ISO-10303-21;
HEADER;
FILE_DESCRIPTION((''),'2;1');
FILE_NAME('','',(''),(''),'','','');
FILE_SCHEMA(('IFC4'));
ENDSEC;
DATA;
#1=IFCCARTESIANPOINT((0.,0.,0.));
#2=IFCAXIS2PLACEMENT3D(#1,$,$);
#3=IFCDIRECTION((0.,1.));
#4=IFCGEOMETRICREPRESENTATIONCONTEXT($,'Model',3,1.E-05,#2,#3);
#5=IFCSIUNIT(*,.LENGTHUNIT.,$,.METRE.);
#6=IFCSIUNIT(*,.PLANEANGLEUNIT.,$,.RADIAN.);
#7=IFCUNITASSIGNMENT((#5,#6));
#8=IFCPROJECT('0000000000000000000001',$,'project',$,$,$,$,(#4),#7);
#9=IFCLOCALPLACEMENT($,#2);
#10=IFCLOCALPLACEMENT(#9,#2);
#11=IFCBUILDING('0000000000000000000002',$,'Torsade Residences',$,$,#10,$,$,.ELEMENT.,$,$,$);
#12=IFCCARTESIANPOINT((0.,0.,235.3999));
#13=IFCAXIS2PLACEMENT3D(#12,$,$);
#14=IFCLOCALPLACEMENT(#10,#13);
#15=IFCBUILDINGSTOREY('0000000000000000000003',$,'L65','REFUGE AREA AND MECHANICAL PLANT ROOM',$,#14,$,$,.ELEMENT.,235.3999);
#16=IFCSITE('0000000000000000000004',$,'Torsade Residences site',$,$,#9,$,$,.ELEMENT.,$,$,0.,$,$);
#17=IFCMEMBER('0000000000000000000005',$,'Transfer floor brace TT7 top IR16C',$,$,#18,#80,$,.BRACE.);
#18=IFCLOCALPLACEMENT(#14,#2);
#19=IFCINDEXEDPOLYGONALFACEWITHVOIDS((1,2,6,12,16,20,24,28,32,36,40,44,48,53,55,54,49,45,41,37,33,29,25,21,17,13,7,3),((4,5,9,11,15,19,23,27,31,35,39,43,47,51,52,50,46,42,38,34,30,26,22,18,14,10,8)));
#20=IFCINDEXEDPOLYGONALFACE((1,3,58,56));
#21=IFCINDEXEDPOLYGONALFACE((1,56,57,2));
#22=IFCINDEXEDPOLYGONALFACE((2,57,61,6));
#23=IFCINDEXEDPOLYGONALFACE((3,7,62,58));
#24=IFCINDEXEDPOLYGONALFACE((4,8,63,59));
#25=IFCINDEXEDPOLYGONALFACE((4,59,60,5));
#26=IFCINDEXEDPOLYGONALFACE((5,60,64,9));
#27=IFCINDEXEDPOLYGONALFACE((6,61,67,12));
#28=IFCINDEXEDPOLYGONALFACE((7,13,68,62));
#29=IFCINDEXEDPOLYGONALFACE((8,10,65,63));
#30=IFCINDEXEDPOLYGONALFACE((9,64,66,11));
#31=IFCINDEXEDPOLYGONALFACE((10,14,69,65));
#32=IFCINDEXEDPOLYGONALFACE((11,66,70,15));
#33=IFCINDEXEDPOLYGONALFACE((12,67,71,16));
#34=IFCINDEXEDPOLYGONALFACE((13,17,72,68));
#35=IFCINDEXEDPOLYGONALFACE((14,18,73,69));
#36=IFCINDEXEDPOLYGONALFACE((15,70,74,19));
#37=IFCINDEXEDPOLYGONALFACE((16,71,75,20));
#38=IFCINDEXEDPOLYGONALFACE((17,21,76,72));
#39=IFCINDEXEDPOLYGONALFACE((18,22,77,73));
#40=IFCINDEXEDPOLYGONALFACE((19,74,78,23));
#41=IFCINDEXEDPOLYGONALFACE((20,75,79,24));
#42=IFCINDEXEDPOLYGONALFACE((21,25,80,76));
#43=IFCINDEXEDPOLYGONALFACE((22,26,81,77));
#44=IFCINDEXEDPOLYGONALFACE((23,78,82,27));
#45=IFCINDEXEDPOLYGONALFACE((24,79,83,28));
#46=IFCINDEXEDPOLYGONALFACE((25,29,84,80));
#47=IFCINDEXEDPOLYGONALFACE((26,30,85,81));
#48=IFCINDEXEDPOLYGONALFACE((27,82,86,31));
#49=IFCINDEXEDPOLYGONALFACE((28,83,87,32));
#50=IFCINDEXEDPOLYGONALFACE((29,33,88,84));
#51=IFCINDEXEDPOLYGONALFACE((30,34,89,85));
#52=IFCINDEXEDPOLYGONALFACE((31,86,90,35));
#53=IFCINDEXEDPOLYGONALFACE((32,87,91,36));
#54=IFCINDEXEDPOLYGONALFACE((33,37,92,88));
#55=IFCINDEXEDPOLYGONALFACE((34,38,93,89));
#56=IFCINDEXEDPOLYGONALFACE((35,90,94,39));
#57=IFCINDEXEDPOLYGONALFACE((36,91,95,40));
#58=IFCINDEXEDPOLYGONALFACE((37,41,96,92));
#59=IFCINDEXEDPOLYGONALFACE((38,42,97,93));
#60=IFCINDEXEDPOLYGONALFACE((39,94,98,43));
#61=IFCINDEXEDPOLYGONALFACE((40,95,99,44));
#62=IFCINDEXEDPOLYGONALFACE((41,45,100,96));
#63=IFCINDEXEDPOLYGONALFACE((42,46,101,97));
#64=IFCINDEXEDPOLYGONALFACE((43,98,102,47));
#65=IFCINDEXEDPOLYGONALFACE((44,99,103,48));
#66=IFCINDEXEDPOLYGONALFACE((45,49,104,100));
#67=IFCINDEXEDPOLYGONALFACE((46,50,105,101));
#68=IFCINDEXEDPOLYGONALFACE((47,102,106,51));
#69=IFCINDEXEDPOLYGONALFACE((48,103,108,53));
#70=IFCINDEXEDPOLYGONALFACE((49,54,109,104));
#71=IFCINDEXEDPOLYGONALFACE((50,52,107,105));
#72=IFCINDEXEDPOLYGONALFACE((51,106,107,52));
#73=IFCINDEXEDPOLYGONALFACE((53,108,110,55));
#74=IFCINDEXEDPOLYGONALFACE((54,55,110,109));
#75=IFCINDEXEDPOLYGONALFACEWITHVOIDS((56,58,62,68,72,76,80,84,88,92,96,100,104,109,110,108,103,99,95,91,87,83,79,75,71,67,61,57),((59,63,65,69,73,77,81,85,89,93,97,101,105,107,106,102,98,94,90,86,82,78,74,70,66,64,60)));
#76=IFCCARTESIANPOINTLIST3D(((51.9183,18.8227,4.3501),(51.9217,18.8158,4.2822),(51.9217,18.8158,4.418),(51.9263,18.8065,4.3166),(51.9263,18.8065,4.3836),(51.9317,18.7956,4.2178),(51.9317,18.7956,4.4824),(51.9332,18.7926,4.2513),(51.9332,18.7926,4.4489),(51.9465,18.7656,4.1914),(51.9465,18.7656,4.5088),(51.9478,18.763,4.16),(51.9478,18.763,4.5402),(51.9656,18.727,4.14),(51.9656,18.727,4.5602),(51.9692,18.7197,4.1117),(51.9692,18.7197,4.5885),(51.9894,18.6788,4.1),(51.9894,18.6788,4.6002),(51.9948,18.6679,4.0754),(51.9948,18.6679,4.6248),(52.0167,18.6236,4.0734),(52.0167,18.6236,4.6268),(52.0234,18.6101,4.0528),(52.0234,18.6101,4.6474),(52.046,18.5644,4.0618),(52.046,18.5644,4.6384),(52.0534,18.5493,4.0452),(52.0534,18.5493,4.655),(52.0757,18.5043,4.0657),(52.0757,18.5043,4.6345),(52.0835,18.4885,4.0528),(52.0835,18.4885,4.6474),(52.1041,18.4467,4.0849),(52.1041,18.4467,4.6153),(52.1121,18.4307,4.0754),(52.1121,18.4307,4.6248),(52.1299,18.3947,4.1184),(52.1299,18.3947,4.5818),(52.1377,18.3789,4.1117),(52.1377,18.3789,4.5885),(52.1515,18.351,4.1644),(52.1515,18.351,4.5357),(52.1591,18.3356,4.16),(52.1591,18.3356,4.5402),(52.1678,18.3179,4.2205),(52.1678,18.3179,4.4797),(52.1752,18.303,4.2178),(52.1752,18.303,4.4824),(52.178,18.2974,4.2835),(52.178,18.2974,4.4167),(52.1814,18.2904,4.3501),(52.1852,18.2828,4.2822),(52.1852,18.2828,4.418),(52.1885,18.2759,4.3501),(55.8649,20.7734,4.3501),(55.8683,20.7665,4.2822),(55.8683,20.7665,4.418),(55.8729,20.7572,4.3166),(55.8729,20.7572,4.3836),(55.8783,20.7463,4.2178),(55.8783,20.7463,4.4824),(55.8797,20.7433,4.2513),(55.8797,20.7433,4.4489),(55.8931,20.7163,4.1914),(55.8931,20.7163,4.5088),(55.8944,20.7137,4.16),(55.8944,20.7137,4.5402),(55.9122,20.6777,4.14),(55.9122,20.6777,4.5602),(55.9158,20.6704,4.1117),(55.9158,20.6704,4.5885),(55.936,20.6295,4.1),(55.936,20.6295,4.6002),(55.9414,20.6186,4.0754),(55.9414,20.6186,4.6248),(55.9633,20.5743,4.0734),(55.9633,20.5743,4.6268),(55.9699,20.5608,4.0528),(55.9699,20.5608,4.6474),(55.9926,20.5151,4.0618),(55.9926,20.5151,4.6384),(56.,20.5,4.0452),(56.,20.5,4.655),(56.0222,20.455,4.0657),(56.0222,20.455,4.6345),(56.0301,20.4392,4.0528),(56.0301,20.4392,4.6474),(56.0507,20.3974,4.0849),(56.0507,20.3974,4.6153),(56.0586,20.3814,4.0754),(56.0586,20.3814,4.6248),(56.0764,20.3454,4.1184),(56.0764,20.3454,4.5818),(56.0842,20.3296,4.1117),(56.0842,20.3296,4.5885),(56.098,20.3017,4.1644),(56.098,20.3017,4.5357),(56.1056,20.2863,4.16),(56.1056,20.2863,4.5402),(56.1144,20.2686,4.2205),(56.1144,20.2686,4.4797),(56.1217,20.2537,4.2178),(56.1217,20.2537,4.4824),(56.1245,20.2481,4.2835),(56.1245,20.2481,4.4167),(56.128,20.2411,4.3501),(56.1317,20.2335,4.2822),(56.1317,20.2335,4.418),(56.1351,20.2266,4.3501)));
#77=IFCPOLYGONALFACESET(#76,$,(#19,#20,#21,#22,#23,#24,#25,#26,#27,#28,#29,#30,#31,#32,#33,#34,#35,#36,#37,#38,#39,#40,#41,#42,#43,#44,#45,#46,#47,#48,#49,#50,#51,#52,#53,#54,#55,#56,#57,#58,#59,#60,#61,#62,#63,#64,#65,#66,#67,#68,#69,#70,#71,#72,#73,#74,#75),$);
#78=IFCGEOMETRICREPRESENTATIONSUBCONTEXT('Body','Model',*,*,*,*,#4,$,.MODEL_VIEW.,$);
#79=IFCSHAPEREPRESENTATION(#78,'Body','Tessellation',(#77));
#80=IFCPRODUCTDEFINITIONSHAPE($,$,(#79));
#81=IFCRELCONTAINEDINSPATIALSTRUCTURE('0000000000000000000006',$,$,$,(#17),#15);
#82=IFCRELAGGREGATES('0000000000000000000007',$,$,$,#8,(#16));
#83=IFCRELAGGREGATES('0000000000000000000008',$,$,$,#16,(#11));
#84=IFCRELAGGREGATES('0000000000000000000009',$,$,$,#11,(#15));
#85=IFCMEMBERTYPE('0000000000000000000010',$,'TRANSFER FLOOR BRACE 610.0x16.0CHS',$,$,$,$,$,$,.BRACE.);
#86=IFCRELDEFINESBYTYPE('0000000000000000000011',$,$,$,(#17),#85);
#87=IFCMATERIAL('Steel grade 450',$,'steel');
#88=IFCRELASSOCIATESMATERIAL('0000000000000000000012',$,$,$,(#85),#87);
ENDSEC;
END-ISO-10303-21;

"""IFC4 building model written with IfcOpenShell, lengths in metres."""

from ifc_helpers import new_model, si_unit, direction, frame, origin, origin_2d, place, context, subcontext, project, spatial, hollow_circle, extrude, material, material_profile, profile_set, type_object, element, save


model = new_model("IFC4")

# Units and contexts
model_context = context("Model", 3, precision=1e-05, world=origin(), true_north=direction((0.0, 1.0)))
body_context = subcontext(model_context, "Body", "Model", "MODEL_VIEW")
ifc_project = project(units=[si_unit("LENGTHUNIT", "METRE"), si_unit("PLANEANGLEUNIT", "RADIAN")], contexts=[model_context])

# Site, building, storey
site_placement = place(None, origin())
site = spatial("IfcSite", under=ifc_project, at=site_placement, Name="Torsade Residences site", CompositionType="ELEMENT", RefElevation=0.0)
building_placement = place(site_placement, origin())
building = spatial("IfcBuilding", under=site, at=building_placement, Name="Torsade Residences", CompositionType="ELEMENT")
storey_placement = place(building_placement, frame((0.0, 0.0, 235.3999)))
storey = spatial("IfcBuildingStorey", under=building, at=storey_placement, Name="L65", Description="REFUGE AREA AND MECHANICAL PLANT ROOM", CompositionType="ELEMENT", Elevation=235.3999)

# Member
ifc_material_1 = material(Name="Steel grade 450", Category="steel")
ifc_material_profile_1 = material_profile(ifc_material_1, hollow_circle(Radius=0.3049, WallThickness=0.0161, at=origin_2d()), Name="610.0x16.0CHS")
ifc_profile_set_1 = profile_set([ifc_material_profile_1], Name="Steel grade 450")
member_type_1 = type_object("IfcMemberType", Name="TRANSFER FLOOR BRACE 610.0x16.0CHS", PredefinedType="BRACE", material=ifc_profile_set_1)
member_1_placement = place(storey_placement, frame((56.0, 20.5, 4.3501), z_axis=(-0.89647, -0.443105, 0.0), x_axis=(0.443105, -0.89647, 0.0)))
element("IfcMember", 1, at=member_1_placement, inside=storey, type_object=member_type_1, Name="Transfer floor brace TT7 top IR16C", PredefinedType="BRACE", context=body_context, shape_type="SweptSolid", body=[
    extrude(hollow_circle(Radius=0.3049, WallThickness=0.0161, at=origin_2d()), origin(), (0.0, 0.0, 1.0), 4.4023),
])

save(model, "model.ifc")
